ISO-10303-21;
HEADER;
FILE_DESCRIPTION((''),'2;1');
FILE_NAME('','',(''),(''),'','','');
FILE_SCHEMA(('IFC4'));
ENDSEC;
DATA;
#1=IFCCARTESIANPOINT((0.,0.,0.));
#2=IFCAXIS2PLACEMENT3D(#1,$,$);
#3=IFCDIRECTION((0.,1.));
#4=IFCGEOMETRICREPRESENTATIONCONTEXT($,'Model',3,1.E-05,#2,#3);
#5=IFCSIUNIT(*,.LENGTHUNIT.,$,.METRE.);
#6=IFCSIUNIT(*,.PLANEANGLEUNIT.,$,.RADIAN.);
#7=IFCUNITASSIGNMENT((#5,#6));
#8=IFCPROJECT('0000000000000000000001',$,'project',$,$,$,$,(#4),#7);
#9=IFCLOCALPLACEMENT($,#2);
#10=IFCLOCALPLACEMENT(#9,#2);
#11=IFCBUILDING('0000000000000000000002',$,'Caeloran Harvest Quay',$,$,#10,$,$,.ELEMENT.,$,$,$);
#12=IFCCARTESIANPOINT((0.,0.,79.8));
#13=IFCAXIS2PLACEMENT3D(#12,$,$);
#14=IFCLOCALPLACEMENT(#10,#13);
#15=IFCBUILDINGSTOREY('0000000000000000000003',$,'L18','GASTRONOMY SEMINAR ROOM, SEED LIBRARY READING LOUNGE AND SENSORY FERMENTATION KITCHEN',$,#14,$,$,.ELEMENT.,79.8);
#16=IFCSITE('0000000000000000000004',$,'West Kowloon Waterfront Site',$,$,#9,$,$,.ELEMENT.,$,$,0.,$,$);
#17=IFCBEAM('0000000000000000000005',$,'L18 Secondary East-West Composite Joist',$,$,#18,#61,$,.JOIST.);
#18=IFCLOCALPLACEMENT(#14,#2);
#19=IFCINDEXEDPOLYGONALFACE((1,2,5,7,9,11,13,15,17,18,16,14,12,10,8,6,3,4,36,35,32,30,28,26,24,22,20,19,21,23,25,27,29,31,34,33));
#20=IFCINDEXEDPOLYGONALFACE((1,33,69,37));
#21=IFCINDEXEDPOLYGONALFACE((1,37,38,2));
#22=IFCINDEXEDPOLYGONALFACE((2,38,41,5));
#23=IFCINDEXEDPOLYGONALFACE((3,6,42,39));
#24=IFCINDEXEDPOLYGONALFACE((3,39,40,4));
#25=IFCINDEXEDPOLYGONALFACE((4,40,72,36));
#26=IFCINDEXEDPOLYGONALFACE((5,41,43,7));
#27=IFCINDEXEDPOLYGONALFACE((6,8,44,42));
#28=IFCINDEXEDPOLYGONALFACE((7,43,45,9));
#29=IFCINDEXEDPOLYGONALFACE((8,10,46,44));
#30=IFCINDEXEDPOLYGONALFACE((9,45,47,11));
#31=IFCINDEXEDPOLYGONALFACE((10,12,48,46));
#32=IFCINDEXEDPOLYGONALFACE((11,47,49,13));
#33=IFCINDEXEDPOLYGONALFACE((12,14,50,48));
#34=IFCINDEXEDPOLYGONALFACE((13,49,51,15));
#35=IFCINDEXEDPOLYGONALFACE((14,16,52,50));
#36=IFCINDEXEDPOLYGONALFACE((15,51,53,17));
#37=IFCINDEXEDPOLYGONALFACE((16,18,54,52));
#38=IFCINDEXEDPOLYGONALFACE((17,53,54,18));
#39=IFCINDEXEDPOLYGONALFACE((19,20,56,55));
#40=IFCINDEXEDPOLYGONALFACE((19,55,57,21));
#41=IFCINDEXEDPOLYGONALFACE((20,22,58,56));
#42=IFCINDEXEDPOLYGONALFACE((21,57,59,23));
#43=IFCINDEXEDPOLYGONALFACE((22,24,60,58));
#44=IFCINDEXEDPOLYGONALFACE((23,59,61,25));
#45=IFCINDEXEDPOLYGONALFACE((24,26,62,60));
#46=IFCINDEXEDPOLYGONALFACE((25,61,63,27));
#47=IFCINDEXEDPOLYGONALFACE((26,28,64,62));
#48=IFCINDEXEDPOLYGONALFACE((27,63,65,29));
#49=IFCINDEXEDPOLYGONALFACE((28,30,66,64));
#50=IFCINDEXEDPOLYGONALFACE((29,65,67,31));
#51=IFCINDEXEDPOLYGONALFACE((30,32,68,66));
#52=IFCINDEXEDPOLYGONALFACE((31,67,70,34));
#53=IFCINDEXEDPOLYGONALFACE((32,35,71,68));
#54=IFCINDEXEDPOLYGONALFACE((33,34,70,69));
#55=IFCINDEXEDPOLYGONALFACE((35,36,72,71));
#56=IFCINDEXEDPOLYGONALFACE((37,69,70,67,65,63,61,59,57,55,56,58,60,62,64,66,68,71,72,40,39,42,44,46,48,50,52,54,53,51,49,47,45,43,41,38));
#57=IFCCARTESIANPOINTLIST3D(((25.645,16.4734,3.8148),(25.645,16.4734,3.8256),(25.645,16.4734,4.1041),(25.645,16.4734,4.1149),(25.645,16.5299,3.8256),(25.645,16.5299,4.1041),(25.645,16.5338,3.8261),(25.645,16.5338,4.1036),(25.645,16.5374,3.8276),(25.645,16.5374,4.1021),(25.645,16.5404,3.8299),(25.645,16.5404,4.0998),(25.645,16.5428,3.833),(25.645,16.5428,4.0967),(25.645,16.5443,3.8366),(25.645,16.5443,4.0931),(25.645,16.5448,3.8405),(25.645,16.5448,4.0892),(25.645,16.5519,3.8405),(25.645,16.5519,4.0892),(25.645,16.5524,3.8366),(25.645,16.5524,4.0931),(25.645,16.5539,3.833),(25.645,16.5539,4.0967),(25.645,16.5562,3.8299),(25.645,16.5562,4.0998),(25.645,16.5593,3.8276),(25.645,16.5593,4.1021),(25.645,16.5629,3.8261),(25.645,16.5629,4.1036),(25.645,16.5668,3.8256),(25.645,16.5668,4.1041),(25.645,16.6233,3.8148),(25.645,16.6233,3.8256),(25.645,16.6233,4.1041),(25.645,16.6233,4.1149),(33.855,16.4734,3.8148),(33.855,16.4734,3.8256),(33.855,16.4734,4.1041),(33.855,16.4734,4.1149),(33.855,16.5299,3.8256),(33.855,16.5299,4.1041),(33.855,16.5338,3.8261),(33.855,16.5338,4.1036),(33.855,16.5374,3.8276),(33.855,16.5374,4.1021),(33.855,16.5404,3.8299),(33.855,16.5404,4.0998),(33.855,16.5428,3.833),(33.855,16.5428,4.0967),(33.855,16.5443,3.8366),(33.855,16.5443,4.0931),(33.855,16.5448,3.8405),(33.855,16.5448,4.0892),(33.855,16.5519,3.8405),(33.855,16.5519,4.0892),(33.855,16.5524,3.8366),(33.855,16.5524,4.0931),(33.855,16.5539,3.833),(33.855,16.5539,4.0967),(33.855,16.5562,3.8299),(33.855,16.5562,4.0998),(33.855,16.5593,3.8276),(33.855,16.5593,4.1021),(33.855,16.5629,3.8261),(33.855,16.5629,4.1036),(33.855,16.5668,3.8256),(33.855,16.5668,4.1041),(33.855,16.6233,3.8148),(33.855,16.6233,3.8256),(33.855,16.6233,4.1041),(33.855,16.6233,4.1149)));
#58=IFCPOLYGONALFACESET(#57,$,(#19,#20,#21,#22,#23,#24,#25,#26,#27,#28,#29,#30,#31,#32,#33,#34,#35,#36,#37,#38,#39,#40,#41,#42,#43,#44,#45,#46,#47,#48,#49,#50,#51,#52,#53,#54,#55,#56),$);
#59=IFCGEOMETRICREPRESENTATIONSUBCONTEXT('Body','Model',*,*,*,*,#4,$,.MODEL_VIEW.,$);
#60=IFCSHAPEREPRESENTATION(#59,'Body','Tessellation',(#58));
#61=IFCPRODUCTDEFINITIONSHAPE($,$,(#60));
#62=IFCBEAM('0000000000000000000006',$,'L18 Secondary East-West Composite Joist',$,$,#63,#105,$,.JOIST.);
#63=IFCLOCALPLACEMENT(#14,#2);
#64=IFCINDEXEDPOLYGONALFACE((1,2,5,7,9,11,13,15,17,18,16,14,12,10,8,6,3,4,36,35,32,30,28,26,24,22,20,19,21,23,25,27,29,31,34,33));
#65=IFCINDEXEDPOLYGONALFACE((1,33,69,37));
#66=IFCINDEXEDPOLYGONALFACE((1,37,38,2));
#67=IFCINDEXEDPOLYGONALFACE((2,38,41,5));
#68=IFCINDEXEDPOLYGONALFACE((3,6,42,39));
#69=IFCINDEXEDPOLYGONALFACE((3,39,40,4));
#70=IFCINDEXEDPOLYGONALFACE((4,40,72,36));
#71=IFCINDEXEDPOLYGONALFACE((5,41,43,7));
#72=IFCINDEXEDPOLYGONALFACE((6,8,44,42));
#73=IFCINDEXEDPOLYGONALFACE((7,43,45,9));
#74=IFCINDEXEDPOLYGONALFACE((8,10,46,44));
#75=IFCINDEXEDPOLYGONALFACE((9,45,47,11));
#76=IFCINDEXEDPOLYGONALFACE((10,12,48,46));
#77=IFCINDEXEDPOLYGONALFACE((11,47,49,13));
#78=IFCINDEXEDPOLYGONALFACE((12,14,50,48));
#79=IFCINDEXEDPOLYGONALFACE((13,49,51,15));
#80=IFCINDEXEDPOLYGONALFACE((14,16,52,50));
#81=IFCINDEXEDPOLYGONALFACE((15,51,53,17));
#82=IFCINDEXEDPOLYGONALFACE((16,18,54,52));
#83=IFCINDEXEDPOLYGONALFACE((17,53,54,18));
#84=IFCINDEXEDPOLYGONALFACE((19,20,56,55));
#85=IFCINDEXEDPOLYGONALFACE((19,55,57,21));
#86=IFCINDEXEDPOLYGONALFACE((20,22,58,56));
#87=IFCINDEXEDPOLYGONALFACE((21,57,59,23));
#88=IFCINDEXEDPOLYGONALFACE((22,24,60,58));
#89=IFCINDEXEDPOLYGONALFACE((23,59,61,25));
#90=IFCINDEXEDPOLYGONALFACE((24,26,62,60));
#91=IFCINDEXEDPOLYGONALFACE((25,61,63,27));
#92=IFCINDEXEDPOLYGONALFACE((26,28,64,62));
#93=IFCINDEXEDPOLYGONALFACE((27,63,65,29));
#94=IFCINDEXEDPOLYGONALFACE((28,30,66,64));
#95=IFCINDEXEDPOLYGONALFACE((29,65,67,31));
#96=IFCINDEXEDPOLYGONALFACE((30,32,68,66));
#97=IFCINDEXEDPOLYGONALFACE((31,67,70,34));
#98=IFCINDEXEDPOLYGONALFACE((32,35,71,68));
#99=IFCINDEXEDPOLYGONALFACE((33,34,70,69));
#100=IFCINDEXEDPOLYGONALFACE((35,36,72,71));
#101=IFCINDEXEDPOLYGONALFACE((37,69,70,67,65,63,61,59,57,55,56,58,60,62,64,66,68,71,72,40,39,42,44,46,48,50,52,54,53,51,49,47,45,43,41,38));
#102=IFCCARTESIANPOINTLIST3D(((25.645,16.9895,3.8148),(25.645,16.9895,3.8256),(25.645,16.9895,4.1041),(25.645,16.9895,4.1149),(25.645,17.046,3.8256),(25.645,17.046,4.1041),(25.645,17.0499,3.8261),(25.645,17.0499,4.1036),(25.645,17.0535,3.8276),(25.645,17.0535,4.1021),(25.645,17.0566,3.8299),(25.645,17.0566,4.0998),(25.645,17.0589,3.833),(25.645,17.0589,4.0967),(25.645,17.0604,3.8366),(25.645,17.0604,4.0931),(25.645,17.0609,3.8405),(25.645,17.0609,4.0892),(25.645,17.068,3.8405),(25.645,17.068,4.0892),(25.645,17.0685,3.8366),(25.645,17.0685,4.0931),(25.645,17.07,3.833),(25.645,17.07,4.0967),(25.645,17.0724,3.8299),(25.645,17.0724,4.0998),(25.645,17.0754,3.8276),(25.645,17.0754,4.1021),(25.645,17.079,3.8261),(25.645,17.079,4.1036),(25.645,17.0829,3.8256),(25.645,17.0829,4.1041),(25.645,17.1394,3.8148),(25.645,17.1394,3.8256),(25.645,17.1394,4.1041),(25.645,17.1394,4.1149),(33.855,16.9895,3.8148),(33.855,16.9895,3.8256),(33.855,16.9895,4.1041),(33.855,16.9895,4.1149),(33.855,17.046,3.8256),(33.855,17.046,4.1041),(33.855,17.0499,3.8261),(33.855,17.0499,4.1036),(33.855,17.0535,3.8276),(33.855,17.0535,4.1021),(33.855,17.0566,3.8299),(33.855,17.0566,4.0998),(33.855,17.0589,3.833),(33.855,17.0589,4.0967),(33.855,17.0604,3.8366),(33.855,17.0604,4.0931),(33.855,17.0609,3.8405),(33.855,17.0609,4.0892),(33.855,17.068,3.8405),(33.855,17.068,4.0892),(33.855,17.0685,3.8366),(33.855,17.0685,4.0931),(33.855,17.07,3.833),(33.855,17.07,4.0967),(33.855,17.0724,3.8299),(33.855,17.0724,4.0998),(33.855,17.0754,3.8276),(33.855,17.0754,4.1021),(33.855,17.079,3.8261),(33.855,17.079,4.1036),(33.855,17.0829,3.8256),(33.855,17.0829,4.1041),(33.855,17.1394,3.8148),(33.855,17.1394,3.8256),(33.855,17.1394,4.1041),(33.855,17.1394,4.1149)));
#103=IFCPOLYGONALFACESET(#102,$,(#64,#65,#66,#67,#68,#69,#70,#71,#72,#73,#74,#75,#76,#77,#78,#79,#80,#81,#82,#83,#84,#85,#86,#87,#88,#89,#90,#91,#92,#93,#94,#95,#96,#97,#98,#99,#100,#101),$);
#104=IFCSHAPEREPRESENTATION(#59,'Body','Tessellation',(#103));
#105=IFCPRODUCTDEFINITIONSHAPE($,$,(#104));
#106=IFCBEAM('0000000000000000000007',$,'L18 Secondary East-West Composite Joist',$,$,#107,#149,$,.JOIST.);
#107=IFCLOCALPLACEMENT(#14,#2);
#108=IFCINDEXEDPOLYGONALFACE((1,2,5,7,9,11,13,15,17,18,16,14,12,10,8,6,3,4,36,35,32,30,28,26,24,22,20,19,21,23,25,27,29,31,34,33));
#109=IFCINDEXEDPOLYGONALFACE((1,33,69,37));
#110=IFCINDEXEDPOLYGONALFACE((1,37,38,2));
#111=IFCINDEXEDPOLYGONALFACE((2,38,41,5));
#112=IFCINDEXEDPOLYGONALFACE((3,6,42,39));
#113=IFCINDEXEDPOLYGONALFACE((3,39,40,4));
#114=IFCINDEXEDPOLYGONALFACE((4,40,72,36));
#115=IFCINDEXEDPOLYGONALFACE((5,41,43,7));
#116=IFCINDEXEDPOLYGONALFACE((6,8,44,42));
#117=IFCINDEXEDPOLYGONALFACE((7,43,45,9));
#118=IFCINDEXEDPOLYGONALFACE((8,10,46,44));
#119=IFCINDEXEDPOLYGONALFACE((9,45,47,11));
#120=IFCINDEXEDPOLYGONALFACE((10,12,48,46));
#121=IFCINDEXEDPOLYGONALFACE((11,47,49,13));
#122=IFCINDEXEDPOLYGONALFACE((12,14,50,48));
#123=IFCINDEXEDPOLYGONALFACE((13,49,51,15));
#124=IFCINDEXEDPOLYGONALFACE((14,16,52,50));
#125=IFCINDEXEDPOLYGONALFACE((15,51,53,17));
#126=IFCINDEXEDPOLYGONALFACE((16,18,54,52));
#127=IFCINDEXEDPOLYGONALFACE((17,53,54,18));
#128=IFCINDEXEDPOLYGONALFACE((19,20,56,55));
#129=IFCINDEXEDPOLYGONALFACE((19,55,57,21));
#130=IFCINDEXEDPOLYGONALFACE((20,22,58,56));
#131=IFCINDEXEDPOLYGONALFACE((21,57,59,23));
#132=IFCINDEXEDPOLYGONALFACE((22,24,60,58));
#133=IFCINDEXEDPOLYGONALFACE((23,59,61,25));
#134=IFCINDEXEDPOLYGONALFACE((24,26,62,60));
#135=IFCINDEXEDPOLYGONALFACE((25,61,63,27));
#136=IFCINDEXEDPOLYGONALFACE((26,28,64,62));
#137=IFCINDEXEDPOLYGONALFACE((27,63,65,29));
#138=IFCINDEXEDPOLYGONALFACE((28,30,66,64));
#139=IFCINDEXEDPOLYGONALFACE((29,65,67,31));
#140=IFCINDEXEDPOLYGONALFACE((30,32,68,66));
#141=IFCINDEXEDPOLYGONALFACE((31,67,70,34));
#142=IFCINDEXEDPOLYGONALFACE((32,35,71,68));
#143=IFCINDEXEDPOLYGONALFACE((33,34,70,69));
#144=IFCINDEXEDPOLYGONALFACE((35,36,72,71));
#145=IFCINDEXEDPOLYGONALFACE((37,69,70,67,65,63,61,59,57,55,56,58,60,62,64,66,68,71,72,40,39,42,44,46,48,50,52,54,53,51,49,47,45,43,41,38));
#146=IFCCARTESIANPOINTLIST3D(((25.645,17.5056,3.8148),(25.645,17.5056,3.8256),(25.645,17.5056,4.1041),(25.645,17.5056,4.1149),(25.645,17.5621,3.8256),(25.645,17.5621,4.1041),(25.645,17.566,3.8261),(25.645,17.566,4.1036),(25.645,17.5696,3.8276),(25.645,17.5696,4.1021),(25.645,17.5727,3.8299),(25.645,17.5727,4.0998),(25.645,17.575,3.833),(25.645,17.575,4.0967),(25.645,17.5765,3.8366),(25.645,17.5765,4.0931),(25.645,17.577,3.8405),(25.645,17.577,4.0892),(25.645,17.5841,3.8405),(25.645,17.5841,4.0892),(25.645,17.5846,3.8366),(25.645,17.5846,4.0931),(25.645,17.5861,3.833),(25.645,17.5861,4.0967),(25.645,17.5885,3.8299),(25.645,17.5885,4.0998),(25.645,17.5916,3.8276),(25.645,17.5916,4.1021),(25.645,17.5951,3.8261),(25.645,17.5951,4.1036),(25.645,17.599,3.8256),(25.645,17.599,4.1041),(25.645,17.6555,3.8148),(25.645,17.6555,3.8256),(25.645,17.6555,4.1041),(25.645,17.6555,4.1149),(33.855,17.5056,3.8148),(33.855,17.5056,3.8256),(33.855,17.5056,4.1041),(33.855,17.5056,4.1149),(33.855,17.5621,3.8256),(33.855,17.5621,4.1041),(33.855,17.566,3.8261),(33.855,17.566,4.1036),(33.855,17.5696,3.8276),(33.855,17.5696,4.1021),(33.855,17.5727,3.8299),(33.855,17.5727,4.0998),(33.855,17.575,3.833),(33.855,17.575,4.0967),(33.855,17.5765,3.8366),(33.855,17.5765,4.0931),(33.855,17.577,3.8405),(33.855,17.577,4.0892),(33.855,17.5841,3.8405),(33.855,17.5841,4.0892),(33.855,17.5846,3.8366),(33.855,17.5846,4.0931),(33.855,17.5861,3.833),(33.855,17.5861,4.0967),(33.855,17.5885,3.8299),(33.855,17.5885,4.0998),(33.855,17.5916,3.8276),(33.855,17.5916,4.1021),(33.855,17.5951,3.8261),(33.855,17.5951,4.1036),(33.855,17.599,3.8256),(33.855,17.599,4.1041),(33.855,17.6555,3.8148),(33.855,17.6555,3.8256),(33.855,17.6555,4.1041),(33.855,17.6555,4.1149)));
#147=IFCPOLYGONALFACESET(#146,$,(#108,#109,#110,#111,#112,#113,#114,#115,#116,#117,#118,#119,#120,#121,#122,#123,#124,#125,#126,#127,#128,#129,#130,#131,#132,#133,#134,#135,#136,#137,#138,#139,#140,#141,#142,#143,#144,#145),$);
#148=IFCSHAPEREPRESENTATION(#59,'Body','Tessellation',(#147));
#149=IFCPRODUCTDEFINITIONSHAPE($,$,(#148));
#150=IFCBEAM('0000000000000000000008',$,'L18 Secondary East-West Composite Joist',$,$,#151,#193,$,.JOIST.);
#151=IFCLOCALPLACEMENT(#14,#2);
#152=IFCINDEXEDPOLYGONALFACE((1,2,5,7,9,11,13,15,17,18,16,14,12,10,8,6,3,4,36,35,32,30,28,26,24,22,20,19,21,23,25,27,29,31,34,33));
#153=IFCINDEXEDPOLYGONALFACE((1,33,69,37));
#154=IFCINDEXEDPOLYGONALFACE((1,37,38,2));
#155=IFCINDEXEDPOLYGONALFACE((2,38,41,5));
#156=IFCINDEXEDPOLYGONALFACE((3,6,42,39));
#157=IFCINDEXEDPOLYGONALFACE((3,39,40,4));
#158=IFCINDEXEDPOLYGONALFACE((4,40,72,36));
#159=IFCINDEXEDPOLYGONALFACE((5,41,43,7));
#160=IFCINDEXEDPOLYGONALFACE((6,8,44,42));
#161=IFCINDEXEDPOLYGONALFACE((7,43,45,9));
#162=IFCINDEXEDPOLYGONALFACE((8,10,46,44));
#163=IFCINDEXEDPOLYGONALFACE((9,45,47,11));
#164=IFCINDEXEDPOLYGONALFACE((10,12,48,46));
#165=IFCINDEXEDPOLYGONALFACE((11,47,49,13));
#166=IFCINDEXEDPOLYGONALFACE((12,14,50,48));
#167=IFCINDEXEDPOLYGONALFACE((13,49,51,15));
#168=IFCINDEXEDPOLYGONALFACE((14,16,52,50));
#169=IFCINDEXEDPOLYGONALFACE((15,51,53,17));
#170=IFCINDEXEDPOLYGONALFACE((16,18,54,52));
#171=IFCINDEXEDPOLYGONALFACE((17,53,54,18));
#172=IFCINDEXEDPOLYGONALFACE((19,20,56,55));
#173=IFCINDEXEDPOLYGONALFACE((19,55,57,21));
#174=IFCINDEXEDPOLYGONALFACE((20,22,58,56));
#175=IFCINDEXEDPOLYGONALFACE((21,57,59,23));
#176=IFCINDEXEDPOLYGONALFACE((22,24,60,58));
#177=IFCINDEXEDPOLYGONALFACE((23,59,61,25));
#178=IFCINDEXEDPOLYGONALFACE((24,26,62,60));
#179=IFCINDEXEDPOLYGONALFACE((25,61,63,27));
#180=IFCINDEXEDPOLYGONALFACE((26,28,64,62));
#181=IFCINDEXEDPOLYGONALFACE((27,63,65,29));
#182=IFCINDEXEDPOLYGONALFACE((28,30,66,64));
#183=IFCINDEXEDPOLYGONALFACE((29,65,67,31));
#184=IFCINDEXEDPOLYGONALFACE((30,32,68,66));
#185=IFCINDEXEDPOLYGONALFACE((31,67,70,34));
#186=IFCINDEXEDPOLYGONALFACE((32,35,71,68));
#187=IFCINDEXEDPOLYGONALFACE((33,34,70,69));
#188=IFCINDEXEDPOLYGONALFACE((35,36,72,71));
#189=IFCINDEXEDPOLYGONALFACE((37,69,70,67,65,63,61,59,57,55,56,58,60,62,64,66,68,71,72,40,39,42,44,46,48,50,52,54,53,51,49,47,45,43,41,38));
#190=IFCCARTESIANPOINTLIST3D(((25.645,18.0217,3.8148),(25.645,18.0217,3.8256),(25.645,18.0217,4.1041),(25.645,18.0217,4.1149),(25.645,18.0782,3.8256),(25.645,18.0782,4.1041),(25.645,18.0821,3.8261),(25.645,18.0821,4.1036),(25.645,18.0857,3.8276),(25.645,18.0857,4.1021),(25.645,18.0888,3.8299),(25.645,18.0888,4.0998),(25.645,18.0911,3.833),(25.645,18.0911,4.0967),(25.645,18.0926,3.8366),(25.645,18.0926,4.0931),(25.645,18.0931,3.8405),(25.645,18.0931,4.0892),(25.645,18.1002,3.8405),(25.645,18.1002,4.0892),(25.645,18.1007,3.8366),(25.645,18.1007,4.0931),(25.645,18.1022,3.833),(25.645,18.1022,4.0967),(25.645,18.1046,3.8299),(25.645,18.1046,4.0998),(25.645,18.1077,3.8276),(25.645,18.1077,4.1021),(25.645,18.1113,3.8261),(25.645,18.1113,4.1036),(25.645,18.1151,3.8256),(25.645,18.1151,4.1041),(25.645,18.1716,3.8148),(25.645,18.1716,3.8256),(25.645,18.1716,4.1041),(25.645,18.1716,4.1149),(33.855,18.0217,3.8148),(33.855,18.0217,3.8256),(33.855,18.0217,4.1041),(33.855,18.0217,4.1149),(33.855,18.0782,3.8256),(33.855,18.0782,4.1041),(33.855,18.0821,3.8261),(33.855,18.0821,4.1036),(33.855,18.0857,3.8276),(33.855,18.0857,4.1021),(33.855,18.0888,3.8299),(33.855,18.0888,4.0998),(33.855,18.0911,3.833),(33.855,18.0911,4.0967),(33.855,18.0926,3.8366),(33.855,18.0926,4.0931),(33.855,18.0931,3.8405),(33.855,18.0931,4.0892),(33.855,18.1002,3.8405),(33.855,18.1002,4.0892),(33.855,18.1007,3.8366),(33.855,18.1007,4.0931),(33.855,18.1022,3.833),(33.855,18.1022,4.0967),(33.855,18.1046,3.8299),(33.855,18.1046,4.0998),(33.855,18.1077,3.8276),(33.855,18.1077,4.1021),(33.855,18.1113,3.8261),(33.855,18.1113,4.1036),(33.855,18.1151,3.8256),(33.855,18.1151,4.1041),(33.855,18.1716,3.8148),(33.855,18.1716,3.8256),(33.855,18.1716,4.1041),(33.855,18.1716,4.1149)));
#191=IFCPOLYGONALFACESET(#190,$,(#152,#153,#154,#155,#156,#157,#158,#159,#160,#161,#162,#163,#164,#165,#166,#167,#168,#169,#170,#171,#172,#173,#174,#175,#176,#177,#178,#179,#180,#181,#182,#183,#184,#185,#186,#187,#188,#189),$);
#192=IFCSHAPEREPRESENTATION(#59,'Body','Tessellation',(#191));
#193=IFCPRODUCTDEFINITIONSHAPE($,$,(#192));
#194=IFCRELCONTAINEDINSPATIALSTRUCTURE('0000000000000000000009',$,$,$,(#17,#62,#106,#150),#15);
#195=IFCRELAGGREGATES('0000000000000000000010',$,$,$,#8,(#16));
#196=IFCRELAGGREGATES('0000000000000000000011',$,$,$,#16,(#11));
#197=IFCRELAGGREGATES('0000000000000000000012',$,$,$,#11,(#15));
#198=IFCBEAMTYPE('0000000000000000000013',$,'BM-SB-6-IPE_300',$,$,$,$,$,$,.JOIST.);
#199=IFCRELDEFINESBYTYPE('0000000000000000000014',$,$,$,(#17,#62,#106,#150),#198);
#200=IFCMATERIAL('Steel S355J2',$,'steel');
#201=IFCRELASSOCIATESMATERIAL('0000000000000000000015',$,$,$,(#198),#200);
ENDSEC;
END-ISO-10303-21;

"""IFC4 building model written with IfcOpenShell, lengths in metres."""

from ifc_helpers import new_model, si_unit, direction, frame, origin, origin_2d, place, context, subcontext, project, spatial, i_section, extrude, material, material_profile, profile_set, type_object, element, save


model = new_model("IFC4")

# Units and contexts
model_context = context("Model", 3, precision=1e-05, world=origin(), true_north=direction((0.0, 1.0)))
body_context = subcontext(model_context, "Body", "Model", "MODEL_VIEW")
ifc_project = project(units=[si_unit("LENGTHUNIT", "METRE"), si_unit("PLANEANGLEUNIT", "RADIAN")], contexts=[model_context])

# Site, building, storey
site_placement = place(None, origin())
site = spatial("IfcSite", under=ifc_project, at=site_placement, Name="West Kowloon Waterfront Site", CompositionType="ELEMENT", RefElevation=0.0)
building_placement = place(site_placement, origin())
building = spatial("IfcBuilding", under=site, at=building_placement, Name="Caeloran Harvest Quay", CompositionType="ELEMENT")
storey_placement = place(building_placement, frame((0.0, 0.0, 79.8)))
storey = spatial("IfcBuildingStorey", under=building, at=storey_placement, Name="L18", Description="GASTRONOMY SEMINAR ROOM, SEED LIBRARY READING LOUNGE AND SENSORY FERMENTATION KITCHEN", CompositionType="ELEMENT", Elevation=79.8)

# Beams
ifc_material_1 = material(Name="Steel S355J2", Category="steel")
ifc_material_profile_1 = material_profile(ifc_material_1, i_section(OverallWidth=0.1499, OverallDepth=0.3, WebThickness=0.0071, FlangeThickness=0.0107, FilletRadius=0.0149, at=origin_2d()), Name="IPE 300")
ifc_profile_set_1 = profile_set([ifc_material_profile_1], Name="Steel S355J2")
beam_type_1 = type_object("IfcBeamType", Name="BM-SB-6-IPE_300", PredefinedType="JOIST", material=ifc_profile_set_1)
for number, where, z_axis, x_axis, name in (
    (1, (25.645, 16.5483, 3.9648), (1.0, 0.0, 0.0), (0.0, 1.0, 0.0), "L18 Secondary East-West Composite Joist"),
    (2, (25.645, 17.0645, 3.9648), (1.0, 0.0, 0.0), (0.0, 1.0, 0.0), "L18 Secondary East-West Composite Joist"),
    (3, (25.645, 17.5806, 3.9648), (1.0, 0.0, 0.0), (0.0, 1.0, 0.0), "L18 Secondary East-West Composite Joist"),
    (4, (25.645, 18.0967, 3.9648), (1.0, 0.0, 0.0), (0.0, 1.0, 0.0), "L18 Secondary East-West Composite Joist"),
):
    element("IfcBeam", number, at=place(storey_placement, frame(where, z_axis=z_axis, x_axis=x_axis)), inside=storey, type_object=beam_type_1, Name=name, PredefinedType="JOIST", context=body_context, shape_type="SweptSolid", body=[
        extrude(i_section(OverallWidth=0.1499, OverallDepth=0.3, WebThickness=0.0071, FlangeThickness=0.0107, FilletRadius=0.0149, at=origin_2d()), origin(), (0.0, 0.0, 1.0), 8.21),
    ])

save(model, "model.ifc")
